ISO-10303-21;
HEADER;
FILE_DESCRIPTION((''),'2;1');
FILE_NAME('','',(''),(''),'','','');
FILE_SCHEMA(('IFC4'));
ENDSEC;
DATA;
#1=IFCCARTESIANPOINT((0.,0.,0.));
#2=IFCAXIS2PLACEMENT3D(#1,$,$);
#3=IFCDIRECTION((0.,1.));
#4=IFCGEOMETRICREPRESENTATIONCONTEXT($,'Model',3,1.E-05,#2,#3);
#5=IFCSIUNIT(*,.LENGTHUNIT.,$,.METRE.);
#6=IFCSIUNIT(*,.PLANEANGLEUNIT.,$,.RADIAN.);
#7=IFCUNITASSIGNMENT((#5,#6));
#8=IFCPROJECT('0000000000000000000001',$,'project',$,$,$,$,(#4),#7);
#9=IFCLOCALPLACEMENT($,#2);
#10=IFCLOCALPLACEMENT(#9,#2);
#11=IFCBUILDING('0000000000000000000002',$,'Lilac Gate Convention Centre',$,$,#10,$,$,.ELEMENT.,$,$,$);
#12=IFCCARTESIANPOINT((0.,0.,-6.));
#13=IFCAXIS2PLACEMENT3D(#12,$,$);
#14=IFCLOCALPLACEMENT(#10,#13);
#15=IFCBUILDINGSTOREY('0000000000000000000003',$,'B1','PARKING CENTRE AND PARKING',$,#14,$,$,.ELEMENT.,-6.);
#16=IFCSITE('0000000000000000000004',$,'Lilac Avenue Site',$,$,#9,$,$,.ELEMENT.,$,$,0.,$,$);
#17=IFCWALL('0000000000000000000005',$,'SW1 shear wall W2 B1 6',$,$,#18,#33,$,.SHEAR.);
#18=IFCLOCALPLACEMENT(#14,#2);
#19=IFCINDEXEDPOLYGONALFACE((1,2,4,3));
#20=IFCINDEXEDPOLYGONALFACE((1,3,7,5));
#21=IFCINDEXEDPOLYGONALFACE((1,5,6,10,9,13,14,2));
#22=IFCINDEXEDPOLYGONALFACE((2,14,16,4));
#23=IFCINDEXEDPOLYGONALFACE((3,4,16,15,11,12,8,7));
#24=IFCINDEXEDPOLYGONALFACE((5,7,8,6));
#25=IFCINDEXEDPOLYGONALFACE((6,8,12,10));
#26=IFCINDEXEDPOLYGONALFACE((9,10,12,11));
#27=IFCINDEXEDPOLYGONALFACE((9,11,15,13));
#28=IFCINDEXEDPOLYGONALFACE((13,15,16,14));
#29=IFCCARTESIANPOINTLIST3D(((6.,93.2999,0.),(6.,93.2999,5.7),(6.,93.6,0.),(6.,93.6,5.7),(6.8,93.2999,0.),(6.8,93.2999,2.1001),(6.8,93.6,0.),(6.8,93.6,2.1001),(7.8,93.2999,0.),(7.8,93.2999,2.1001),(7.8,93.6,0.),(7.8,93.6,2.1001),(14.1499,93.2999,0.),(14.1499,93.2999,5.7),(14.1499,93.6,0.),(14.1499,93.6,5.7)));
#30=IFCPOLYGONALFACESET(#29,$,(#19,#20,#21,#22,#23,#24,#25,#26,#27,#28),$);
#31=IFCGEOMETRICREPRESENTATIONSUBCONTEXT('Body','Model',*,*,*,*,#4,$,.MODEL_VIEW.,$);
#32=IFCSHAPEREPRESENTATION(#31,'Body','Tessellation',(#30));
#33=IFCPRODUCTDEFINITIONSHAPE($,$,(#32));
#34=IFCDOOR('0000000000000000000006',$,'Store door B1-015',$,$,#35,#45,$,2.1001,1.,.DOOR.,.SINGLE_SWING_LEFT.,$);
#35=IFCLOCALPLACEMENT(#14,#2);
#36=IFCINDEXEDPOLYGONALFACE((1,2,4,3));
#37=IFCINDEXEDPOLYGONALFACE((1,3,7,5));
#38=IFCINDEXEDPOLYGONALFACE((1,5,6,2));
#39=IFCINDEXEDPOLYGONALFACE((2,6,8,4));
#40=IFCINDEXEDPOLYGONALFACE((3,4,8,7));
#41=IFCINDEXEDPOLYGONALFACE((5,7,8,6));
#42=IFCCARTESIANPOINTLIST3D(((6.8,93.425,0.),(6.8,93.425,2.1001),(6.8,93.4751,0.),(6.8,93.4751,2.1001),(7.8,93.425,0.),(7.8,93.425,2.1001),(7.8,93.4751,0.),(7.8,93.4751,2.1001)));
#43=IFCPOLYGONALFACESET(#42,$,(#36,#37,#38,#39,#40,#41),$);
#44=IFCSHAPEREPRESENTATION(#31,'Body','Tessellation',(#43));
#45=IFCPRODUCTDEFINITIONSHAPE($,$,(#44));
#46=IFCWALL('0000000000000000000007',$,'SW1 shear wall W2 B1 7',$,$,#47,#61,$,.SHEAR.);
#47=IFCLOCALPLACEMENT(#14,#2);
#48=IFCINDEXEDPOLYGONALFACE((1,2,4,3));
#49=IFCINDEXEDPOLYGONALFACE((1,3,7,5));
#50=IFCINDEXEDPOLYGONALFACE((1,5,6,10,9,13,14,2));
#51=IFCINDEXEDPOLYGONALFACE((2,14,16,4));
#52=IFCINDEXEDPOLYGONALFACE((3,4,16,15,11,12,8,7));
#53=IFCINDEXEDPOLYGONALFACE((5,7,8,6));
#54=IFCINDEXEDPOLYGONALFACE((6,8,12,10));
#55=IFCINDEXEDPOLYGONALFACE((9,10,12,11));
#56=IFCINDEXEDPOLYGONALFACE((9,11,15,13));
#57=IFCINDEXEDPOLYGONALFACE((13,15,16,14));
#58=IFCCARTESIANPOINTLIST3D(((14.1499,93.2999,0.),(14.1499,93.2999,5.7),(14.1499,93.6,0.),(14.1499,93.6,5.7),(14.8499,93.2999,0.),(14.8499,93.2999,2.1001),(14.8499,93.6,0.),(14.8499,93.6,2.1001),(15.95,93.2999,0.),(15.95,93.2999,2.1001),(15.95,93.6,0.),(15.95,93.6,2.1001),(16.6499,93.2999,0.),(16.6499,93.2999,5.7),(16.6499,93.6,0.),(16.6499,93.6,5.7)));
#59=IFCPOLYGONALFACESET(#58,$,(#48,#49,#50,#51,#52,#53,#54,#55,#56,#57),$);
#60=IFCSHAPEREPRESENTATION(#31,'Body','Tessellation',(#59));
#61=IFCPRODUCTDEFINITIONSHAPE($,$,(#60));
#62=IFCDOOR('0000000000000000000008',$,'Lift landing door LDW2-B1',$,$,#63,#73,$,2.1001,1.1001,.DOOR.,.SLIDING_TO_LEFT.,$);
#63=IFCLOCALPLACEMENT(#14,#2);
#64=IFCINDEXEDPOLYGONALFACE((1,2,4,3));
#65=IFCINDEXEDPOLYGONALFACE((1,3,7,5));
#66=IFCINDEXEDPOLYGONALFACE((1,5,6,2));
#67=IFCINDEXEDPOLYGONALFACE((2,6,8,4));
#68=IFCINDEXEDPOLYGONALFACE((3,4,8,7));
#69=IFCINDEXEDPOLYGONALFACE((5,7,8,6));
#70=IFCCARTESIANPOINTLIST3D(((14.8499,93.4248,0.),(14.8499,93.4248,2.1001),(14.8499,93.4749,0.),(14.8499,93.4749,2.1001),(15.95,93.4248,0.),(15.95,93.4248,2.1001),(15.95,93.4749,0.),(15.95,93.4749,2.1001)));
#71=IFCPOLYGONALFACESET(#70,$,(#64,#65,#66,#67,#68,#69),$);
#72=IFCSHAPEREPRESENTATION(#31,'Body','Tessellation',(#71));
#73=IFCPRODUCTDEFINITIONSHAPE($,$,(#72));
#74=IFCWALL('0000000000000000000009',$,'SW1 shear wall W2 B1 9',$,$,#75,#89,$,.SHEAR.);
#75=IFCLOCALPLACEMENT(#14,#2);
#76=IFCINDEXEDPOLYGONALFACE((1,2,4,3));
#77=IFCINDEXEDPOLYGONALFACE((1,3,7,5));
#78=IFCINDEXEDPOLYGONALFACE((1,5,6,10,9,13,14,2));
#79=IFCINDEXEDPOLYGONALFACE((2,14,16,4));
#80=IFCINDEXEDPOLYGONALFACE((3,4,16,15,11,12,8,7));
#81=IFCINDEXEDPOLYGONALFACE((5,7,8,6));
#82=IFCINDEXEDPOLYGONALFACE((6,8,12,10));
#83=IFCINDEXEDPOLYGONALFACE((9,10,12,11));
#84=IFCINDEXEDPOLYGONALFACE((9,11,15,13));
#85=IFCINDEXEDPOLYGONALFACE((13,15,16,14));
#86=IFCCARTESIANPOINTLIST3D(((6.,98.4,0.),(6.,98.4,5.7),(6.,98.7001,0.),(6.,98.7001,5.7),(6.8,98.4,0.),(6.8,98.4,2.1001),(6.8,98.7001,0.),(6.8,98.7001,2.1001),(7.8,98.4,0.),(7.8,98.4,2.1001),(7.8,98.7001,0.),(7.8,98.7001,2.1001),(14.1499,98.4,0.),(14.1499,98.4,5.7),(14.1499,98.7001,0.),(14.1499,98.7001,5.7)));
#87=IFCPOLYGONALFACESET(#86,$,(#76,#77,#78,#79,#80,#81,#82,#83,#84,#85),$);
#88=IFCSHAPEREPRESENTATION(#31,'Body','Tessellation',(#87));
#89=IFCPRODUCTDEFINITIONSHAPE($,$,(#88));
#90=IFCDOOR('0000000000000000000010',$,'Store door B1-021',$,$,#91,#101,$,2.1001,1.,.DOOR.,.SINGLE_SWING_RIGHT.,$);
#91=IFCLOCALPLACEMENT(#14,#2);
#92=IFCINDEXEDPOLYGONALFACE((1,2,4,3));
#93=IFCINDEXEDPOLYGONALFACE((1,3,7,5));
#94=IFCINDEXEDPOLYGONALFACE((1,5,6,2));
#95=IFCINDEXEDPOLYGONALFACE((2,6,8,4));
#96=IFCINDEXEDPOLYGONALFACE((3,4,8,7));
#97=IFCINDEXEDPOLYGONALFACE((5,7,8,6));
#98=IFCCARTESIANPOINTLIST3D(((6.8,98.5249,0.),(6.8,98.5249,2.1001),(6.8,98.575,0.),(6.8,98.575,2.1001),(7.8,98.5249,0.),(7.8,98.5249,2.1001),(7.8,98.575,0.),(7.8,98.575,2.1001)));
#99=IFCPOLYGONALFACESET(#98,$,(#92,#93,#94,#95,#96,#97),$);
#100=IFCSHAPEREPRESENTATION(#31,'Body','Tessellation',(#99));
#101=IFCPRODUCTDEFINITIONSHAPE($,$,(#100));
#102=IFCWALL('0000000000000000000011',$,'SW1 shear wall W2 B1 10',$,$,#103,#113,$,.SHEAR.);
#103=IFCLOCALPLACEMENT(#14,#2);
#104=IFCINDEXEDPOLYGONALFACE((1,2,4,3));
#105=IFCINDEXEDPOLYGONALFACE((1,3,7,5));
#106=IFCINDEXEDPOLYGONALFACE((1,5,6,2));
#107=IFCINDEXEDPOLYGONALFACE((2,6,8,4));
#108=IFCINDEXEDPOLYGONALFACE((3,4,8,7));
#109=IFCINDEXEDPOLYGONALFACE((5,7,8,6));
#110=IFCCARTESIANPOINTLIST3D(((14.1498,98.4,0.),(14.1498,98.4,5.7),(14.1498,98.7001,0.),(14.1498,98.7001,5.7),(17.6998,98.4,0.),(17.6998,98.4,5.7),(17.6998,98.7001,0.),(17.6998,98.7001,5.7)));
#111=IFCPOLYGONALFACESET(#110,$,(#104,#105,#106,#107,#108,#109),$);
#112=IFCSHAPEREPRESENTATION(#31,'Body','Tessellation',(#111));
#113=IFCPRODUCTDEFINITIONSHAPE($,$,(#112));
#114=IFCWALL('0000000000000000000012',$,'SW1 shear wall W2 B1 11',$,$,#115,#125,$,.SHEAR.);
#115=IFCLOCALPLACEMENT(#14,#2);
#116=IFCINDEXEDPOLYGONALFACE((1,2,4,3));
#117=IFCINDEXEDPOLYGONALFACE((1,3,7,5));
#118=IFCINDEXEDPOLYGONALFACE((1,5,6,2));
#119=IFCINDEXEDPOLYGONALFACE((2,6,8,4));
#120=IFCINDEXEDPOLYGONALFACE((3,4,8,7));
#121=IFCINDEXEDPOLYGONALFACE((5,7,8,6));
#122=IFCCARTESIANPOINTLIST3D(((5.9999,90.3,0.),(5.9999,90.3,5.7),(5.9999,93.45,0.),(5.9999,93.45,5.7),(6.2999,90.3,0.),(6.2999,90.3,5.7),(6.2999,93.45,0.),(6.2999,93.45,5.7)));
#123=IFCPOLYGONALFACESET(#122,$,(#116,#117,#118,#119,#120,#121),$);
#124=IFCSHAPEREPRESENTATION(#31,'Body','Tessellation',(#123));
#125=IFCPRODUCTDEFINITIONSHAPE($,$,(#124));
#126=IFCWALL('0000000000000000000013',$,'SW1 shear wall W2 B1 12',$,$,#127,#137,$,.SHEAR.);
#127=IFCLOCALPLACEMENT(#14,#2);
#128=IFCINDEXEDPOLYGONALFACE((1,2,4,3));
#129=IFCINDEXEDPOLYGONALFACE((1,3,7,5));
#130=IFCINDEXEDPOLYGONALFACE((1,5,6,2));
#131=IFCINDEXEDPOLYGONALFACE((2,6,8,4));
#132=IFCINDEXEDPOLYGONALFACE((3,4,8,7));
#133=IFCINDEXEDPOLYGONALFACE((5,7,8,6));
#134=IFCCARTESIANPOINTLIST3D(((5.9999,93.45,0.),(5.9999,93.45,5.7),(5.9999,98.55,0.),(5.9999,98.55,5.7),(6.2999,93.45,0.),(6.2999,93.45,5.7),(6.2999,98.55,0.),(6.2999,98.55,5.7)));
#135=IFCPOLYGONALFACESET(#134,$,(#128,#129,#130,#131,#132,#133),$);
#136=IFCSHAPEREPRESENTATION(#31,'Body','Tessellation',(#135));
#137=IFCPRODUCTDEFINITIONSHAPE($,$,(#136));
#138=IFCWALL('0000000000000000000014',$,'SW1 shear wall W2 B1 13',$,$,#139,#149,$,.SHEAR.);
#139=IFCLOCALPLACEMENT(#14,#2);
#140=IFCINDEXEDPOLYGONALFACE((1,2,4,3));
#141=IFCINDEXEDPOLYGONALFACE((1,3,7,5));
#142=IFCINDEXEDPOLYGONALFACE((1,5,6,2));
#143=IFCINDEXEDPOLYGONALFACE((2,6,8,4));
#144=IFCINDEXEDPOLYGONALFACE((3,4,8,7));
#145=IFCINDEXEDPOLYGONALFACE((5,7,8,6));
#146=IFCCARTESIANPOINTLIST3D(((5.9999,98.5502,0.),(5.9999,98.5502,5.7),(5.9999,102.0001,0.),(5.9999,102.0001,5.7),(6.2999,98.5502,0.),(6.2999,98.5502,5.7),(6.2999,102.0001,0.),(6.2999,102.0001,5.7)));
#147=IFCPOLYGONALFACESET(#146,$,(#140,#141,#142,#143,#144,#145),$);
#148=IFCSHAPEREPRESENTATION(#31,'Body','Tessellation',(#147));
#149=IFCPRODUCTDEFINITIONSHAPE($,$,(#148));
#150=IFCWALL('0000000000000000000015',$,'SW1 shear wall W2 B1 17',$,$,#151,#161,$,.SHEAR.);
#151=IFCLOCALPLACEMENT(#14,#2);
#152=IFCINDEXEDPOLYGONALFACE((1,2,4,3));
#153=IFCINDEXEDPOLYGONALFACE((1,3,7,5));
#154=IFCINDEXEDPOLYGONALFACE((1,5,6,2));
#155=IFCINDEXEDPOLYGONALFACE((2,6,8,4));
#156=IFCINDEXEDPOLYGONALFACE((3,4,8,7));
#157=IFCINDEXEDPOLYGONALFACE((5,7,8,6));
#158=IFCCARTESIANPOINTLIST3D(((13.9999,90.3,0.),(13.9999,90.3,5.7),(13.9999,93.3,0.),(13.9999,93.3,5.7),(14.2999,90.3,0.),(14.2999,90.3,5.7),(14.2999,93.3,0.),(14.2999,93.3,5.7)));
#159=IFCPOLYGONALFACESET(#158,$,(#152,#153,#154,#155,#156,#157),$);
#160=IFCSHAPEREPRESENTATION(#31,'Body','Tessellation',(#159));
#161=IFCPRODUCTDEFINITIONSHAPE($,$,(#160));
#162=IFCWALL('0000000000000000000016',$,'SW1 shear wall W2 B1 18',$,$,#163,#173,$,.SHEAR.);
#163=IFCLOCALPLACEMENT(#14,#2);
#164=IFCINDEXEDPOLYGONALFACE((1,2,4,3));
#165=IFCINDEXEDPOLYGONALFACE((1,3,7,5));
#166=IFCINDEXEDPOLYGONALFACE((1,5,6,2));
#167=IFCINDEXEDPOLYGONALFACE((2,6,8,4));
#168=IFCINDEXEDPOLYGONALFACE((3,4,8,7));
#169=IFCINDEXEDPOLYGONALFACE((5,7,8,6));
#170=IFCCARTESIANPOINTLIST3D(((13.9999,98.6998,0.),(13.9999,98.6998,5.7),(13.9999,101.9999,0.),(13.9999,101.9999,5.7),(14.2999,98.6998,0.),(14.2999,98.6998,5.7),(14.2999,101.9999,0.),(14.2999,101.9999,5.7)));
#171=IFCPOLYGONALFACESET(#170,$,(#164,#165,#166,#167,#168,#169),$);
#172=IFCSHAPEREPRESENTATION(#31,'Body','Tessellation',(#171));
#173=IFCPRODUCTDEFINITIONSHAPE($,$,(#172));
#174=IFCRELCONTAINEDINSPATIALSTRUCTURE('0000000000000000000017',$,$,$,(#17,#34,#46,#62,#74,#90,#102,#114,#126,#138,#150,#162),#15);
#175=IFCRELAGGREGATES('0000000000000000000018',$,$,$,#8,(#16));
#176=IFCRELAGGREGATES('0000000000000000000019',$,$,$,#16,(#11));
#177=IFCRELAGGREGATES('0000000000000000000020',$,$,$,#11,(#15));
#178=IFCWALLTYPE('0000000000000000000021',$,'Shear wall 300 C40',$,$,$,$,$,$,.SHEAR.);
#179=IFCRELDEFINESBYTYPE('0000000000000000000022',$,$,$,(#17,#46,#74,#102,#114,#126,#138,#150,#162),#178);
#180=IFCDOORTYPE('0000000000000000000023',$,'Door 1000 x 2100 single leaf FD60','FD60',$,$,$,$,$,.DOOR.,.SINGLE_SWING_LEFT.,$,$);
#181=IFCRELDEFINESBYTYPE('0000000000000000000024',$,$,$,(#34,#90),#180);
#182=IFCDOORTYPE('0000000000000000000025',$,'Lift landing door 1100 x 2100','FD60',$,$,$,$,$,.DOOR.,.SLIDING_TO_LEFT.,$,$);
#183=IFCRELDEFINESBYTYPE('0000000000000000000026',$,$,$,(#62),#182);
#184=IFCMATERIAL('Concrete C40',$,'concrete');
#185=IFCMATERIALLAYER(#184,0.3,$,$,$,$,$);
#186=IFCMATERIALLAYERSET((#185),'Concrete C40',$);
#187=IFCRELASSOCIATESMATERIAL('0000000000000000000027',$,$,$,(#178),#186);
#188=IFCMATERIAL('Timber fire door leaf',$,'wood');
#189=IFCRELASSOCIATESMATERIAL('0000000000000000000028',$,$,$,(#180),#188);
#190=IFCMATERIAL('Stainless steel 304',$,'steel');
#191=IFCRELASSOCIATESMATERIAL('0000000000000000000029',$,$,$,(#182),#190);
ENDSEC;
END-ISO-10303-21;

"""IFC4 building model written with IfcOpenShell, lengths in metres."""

from ifc_helpers import new_model, si_unit, direction, frame, frame_2d, origin, place, context, subcontext, project, spatial, rectangle, extrude, material, layer, layer_set, type_object, element, fill, save


model = new_model("IFC4")

# Units and contexts
model_context = context("Model", 3, precision=1e-05, world=origin(), true_north=direction((0.0, 1.0)))
body_context = subcontext(model_context, "Body", "Model", "MODEL_VIEW")
ifc_project = project(units=[si_unit("LENGTHUNIT", "METRE"), si_unit("PLANEANGLEUNIT", "RADIAN")], contexts=[model_context])

# Site, building, storey
site_placement = place(None, origin())
site = spatial("IfcSite", under=ifc_project, at=site_placement, Name="Lilac Avenue Site", CompositionType="ELEMENT", RefElevation=0.0)
building_placement = place(site_placement, origin())
building = spatial("IfcBuilding", under=site, at=building_placement, Name="Lilac Gate Convention Centre", CompositionType="ELEMENT")
storey_placement = place(building_placement, frame((0.0, 0.0, -6.0)))
storey = spatial("IfcBuildingStorey", under=building, at=storey_placement, Name="B1", Description="PARKING CENTRE AND PARKING", CompositionType="ELEMENT", Elevation=-6.0)

# Shared definitions
ifc_material_1 = material(Name="Timber fire door leaf", Category="wood")

# Shared definitions
ifc_material_2 = material(Name="Concrete C40", Category="concrete")
ifc_layer_1 = layer(ifc_material_2, 0.3)
ifc_layer_set_1 = layer_set([ifc_layer_1], Name="Concrete C40")
wall_type_1 = type_object("IfcWallType", Name="Shear wall 300 C40", PredefinedType="SHEAR", material=ifc_layer_set_1)

# Walls, openings, doors
wall_1_placement = place(storey_placement, frame((6.0, 93.45, 0.0), z_axis=(0.0, 0.0, 1.0), x_axis=(1.0, 0.0, 0.0)))
wall_1 = element("IfcWall", 1, at=wall_1_placement, inside=storey, type_object=wall_type_1, Name="SW1 shear wall W2 B1 6", PredefinedType="SHEAR", context=body_context, shape_type="SweptSolid", body=[
    extrude(rectangle(XDim=8.1499, YDim=0.3, at=frame_2d((4.075, 0.0))), origin(), (0.0, 0.0, 1.0), 5.7),
])
opening_1_placement = place(wall_1_placement, frame((0.8, 0.0, 0.0)))
opening_1 = element("IfcOpeningElement", 2, at=opening_1_placement, cuts=wall_1, PredefinedType="OPENING", context=body_context, shape_type="SweptSolid", body=[
    extrude(rectangle(XDim=1.0, YDim=2.1001, at=frame_2d((0.5, 1.05))), frame((0.0, 0.1599, 0.0), z_axis=(0.0, -1.0, 0.0), x_axis=(1.0, 0.0, 0.0)), (0.0, 0.0, 1.0), 0.3201),
])
door_type_1 = type_object("IfcDoorType", Name="Door 1000 x 2100 single leaf FD60", Description="FD60", OperationType="SINGLE_SWING_LEFT", PredefinedType="DOOR", material=ifc_material_1)
door_1_placement = place(opening_1_placement, frame((1.0, 0.0, 0.0), z_axis=(0.0, 0.0, 1.0), x_axis=(-1.0, 0.0, 0.0)))
door_1 = element("IfcDoor", 3, at=door_1_placement, inside=storey, type_object=door_type_1, Name="Store door B1-015", OperationType="SINGLE_SWING_LEFT", OverallHeight=2.1001, OverallWidth=1.0, PredefinedType="DOOR", context=body_context, shape_type="SweptSolid", body=[
    extrude(rectangle(XDim=1.0, YDim=2.1001, at=frame_2d((0.5, 1.05))), frame((0.0, 0.0249, 0.0), z_axis=(0.0, -1.0, 0.0), x_axis=(1.0, 0.0, 0.0)), (0.0, 0.0, 1.0), 0.05),
])
fill(opening_1, door_1)
wall_2_placement = place(storey_placement, frame((14.1499, 93.45, 0.0), z_axis=(0.0, 0.0, 1.0), x_axis=(1.0, 0.0, 0.0)))
wall_2 = element("IfcWall", 4, at=wall_2_placement, inside=storey, type_object=wall_type_1, Name="SW1 shear wall W2 B1 7", PredefinedType="SHEAR", context=body_context, shape_type="SweptSolid", body=[
    extrude(rectangle(XDim=2.5, YDim=0.3, at=frame_2d((1.25, 0.0))), origin(), (0.0, 0.0, 1.0), 5.7),
])
opening_2_placement = place(wall_2_placement, frame((0.7, 0.0, 0.0)))
opening_2 = element("IfcOpeningElement", 5, at=opening_2_placement, cuts=wall_2, PredefinedType="OPENING", context=body_context, shape_type="SweptSolid", body=[
    extrude(rectangle(XDim=1.1001, YDim=2.1001, at=frame_2d((0.55, 1.05))), frame((0.0, 0.1599, 0.0), z_axis=(0.0, -1.0, 0.0), x_axis=(1.0, 0.0, 0.0)), (0.0, 0.0, 1.0), 0.3201),
])
ifc_material_3 = material(Name="Stainless steel 304", Category="steel")
door_type_2 = type_object("IfcDoorType", Name="Lift landing door 1100 x 2100", Description="FD60", OperationType="SLIDING_TO_LEFT", PredefinedType="DOOR", material=ifc_material_3)
door_2_placement = place(opening_2_placement, origin())
door_2 = element("IfcDoor", 6, at=door_2_placement, inside=storey, type_object=door_type_2, Name="Lift landing door LDW2-B1", OperationType="SLIDING_TO_LEFT", OverallHeight=2.1001, OverallWidth=1.1001, PredefinedType="DOOR", context=body_context, shape_type="SweptSolid", body=[
    extrude(rectangle(XDim=1.1001, YDim=2.1001, at=frame_2d((0.55, 1.05))), frame((0.0, 0.0249, 0.0), z_axis=(0.0, -1.0, 0.0), x_axis=(1.0, 0.0, 0.0)), (0.0, 0.0, 1.0), 0.05),
])
fill(opening_2, door_2)
wall_3_placement = place(storey_placement, frame((6.0, 98.55, 0.0), z_axis=(0.0, 0.0, 1.0), x_axis=(1.0, 0.0, 0.0)))
wall_3 = element("IfcWall", 7, at=wall_3_placement, inside=storey, type_object=wall_type_1, Name="SW1 shear wall W2 B1 9", PredefinedType="SHEAR", context=body_context, shape_type="SweptSolid", body=[
    extrude(rectangle(XDim=8.1499, YDim=0.3, at=frame_2d((4.075, 0.0))), origin(), (0.0, 0.0, 1.0), 5.7),
])
opening_3_placement = place(wall_3_placement, frame((0.8, 0.0, 0.0)))
opening_3 = element("IfcOpeningElement", 8, at=opening_3_placement, cuts=wall_3, PredefinedType="OPENING", context=body_context, shape_type="SweptSolid", body=[
    extrude(rectangle(XDim=1.0, YDim=2.1001, at=frame_2d((0.5, 1.05))), frame((0.0, 0.1599, 0.0), z_axis=(0.0, -1.0, 0.0), x_axis=(1.0, 0.0, 0.0)), (0.0, 0.0, 1.0), 0.3201),
])
door_3_placement = place(opening_3_placement, origin())
door_3 = element("IfcDoor", 9, at=door_3_placement, inside=storey, type_object=door_type_1, Name="Store door B1-021", OperationType="SINGLE_SWING_RIGHT", OverallHeight=2.1001, OverallWidth=1.0, PredefinedType="DOOR", context=body_context, shape_type="SweptSolid", body=[
    extrude(rectangle(XDim=1.0, YDim=2.1001, at=frame_2d((0.5, 1.05))), frame((0.0, 0.0249, 0.0), z_axis=(0.0, -1.0, 0.0), x_axis=(1.0, 0.0, 0.0)), (0.0, 0.0, 1.0), 0.05),
])
fill(opening_3, door_3)

# Walls
wall_4_placement = place(storey_placement, frame((14.1499, 98.55, 0.0), z_axis=(0.0, 0.0, 1.0), x_axis=(1.0, 0.0, 0.0)))
element("IfcWall", 10, at=wall_4_placement, inside=storey, type_object=wall_type_1, Name="SW1 shear wall W2 B1 10", PredefinedType="SHEAR", context=body_context, shape_type="SweptSolid", body=[
    extrude(rectangle(XDim=3.55, YDim=0.3, at=frame_2d((1.7749, 0.0))), origin(), (0.0, 0.0, 1.0), 5.7),
])
wall_5_placement = place(storey_placement, frame((6.1499, 90.3, 0.0), z_axis=(0.0, 0.0, 1.0), x_axis=(0.0, 1.0, 0.0)))
element("IfcWall", 11, at=wall_5_placement, inside=storey, type_object=wall_type_1, Name="SW1 shear wall W2 B1 11", PredefinedType="SHEAR", context=body_context, shape_type="SweptSolid", body=[
    extrude(rectangle(XDim=3.1499, YDim=0.3, at=frame_2d((1.575, 0.0))), origin(), (0.0, 0.0, 1.0), 5.7),
])
wall_6_placement = place(storey_placement, frame((6.1499, 93.45, 0.0), z_axis=(0.0, 0.0, 1.0), x_axis=(0.0, 1.0, 0.0)))
element("IfcWall", 12, at=wall_6_placement, inside=storey, type_object=wall_type_1, Name="SW1 shear wall W2 B1 12", PredefinedType="SHEAR", context=body_context, shape_type="SweptSolid", body=[
    extrude(rectangle(XDim=5.1001, YDim=0.3, at=frame_2d((2.55, 0.0))), origin(), (0.0, 0.0, 1.0), 5.7),
])
wall_7_placement = place(storey_placement, frame((6.1499, 98.55, 0.0), z_axis=(0.0, 0.0, 1.0), x_axis=(0.0, 1.0, 0.0)))
element("IfcWall", 13, at=wall_7_placement, inside=storey, type_object=wall_type_1, Name="SW1 shear wall W2 B1 13", PredefinedType="SHEAR", context=body_context, shape_type="SweptSolid", body=[
    extrude(rectangle(XDim=3.45, YDim=0.3, at=frame_2d((1.7251, 0.0))), origin(), (0.0, 0.0, 1.0), 5.7),
])
wall_8_placement = place(storey_placement, frame((14.1499, 90.3, 0.0), z_axis=(0.0, 0.0, 1.0), x_axis=(0.0, 1.0, 0.0)))
element("IfcWall", 14, at=wall_8_placement, inside=storey, type_object=wall_type_1, Name="SW1 shear wall W2 B1 17", PredefinedType="SHEAR", context=body_context, shape_type="SweptSolid", body=[
    extrude(rectangle(XDim=3.0, YDim=0.3, at=frame_2d((1.5, 0.0))), origin(), (0.0, 0.0, 1.0), 5.7),
])
wall_9_placement = place(storey_placement, frame((14.1499, 98.7, 0.0), z_axis=(0.0, 0.0, 1.0), x_axis=(0.0, 1.0, 0.0)))
element("IfcWall", 15, at=wall_9_placement, inside=storey, type_object=wall_type_1, Name="SW1 shear wall W2 B1 18", PredefinedType="SHEAR", context=body_context, shape_type="SweptSolid", body=[
    extrude(rectangle(XDim=3.3, YDim=0.3, at=frame_2d((1.6499, 0.0))), origin(), (0.0, 0.0, 1.0), 5.7),
])

save(model, "model.ifc")
